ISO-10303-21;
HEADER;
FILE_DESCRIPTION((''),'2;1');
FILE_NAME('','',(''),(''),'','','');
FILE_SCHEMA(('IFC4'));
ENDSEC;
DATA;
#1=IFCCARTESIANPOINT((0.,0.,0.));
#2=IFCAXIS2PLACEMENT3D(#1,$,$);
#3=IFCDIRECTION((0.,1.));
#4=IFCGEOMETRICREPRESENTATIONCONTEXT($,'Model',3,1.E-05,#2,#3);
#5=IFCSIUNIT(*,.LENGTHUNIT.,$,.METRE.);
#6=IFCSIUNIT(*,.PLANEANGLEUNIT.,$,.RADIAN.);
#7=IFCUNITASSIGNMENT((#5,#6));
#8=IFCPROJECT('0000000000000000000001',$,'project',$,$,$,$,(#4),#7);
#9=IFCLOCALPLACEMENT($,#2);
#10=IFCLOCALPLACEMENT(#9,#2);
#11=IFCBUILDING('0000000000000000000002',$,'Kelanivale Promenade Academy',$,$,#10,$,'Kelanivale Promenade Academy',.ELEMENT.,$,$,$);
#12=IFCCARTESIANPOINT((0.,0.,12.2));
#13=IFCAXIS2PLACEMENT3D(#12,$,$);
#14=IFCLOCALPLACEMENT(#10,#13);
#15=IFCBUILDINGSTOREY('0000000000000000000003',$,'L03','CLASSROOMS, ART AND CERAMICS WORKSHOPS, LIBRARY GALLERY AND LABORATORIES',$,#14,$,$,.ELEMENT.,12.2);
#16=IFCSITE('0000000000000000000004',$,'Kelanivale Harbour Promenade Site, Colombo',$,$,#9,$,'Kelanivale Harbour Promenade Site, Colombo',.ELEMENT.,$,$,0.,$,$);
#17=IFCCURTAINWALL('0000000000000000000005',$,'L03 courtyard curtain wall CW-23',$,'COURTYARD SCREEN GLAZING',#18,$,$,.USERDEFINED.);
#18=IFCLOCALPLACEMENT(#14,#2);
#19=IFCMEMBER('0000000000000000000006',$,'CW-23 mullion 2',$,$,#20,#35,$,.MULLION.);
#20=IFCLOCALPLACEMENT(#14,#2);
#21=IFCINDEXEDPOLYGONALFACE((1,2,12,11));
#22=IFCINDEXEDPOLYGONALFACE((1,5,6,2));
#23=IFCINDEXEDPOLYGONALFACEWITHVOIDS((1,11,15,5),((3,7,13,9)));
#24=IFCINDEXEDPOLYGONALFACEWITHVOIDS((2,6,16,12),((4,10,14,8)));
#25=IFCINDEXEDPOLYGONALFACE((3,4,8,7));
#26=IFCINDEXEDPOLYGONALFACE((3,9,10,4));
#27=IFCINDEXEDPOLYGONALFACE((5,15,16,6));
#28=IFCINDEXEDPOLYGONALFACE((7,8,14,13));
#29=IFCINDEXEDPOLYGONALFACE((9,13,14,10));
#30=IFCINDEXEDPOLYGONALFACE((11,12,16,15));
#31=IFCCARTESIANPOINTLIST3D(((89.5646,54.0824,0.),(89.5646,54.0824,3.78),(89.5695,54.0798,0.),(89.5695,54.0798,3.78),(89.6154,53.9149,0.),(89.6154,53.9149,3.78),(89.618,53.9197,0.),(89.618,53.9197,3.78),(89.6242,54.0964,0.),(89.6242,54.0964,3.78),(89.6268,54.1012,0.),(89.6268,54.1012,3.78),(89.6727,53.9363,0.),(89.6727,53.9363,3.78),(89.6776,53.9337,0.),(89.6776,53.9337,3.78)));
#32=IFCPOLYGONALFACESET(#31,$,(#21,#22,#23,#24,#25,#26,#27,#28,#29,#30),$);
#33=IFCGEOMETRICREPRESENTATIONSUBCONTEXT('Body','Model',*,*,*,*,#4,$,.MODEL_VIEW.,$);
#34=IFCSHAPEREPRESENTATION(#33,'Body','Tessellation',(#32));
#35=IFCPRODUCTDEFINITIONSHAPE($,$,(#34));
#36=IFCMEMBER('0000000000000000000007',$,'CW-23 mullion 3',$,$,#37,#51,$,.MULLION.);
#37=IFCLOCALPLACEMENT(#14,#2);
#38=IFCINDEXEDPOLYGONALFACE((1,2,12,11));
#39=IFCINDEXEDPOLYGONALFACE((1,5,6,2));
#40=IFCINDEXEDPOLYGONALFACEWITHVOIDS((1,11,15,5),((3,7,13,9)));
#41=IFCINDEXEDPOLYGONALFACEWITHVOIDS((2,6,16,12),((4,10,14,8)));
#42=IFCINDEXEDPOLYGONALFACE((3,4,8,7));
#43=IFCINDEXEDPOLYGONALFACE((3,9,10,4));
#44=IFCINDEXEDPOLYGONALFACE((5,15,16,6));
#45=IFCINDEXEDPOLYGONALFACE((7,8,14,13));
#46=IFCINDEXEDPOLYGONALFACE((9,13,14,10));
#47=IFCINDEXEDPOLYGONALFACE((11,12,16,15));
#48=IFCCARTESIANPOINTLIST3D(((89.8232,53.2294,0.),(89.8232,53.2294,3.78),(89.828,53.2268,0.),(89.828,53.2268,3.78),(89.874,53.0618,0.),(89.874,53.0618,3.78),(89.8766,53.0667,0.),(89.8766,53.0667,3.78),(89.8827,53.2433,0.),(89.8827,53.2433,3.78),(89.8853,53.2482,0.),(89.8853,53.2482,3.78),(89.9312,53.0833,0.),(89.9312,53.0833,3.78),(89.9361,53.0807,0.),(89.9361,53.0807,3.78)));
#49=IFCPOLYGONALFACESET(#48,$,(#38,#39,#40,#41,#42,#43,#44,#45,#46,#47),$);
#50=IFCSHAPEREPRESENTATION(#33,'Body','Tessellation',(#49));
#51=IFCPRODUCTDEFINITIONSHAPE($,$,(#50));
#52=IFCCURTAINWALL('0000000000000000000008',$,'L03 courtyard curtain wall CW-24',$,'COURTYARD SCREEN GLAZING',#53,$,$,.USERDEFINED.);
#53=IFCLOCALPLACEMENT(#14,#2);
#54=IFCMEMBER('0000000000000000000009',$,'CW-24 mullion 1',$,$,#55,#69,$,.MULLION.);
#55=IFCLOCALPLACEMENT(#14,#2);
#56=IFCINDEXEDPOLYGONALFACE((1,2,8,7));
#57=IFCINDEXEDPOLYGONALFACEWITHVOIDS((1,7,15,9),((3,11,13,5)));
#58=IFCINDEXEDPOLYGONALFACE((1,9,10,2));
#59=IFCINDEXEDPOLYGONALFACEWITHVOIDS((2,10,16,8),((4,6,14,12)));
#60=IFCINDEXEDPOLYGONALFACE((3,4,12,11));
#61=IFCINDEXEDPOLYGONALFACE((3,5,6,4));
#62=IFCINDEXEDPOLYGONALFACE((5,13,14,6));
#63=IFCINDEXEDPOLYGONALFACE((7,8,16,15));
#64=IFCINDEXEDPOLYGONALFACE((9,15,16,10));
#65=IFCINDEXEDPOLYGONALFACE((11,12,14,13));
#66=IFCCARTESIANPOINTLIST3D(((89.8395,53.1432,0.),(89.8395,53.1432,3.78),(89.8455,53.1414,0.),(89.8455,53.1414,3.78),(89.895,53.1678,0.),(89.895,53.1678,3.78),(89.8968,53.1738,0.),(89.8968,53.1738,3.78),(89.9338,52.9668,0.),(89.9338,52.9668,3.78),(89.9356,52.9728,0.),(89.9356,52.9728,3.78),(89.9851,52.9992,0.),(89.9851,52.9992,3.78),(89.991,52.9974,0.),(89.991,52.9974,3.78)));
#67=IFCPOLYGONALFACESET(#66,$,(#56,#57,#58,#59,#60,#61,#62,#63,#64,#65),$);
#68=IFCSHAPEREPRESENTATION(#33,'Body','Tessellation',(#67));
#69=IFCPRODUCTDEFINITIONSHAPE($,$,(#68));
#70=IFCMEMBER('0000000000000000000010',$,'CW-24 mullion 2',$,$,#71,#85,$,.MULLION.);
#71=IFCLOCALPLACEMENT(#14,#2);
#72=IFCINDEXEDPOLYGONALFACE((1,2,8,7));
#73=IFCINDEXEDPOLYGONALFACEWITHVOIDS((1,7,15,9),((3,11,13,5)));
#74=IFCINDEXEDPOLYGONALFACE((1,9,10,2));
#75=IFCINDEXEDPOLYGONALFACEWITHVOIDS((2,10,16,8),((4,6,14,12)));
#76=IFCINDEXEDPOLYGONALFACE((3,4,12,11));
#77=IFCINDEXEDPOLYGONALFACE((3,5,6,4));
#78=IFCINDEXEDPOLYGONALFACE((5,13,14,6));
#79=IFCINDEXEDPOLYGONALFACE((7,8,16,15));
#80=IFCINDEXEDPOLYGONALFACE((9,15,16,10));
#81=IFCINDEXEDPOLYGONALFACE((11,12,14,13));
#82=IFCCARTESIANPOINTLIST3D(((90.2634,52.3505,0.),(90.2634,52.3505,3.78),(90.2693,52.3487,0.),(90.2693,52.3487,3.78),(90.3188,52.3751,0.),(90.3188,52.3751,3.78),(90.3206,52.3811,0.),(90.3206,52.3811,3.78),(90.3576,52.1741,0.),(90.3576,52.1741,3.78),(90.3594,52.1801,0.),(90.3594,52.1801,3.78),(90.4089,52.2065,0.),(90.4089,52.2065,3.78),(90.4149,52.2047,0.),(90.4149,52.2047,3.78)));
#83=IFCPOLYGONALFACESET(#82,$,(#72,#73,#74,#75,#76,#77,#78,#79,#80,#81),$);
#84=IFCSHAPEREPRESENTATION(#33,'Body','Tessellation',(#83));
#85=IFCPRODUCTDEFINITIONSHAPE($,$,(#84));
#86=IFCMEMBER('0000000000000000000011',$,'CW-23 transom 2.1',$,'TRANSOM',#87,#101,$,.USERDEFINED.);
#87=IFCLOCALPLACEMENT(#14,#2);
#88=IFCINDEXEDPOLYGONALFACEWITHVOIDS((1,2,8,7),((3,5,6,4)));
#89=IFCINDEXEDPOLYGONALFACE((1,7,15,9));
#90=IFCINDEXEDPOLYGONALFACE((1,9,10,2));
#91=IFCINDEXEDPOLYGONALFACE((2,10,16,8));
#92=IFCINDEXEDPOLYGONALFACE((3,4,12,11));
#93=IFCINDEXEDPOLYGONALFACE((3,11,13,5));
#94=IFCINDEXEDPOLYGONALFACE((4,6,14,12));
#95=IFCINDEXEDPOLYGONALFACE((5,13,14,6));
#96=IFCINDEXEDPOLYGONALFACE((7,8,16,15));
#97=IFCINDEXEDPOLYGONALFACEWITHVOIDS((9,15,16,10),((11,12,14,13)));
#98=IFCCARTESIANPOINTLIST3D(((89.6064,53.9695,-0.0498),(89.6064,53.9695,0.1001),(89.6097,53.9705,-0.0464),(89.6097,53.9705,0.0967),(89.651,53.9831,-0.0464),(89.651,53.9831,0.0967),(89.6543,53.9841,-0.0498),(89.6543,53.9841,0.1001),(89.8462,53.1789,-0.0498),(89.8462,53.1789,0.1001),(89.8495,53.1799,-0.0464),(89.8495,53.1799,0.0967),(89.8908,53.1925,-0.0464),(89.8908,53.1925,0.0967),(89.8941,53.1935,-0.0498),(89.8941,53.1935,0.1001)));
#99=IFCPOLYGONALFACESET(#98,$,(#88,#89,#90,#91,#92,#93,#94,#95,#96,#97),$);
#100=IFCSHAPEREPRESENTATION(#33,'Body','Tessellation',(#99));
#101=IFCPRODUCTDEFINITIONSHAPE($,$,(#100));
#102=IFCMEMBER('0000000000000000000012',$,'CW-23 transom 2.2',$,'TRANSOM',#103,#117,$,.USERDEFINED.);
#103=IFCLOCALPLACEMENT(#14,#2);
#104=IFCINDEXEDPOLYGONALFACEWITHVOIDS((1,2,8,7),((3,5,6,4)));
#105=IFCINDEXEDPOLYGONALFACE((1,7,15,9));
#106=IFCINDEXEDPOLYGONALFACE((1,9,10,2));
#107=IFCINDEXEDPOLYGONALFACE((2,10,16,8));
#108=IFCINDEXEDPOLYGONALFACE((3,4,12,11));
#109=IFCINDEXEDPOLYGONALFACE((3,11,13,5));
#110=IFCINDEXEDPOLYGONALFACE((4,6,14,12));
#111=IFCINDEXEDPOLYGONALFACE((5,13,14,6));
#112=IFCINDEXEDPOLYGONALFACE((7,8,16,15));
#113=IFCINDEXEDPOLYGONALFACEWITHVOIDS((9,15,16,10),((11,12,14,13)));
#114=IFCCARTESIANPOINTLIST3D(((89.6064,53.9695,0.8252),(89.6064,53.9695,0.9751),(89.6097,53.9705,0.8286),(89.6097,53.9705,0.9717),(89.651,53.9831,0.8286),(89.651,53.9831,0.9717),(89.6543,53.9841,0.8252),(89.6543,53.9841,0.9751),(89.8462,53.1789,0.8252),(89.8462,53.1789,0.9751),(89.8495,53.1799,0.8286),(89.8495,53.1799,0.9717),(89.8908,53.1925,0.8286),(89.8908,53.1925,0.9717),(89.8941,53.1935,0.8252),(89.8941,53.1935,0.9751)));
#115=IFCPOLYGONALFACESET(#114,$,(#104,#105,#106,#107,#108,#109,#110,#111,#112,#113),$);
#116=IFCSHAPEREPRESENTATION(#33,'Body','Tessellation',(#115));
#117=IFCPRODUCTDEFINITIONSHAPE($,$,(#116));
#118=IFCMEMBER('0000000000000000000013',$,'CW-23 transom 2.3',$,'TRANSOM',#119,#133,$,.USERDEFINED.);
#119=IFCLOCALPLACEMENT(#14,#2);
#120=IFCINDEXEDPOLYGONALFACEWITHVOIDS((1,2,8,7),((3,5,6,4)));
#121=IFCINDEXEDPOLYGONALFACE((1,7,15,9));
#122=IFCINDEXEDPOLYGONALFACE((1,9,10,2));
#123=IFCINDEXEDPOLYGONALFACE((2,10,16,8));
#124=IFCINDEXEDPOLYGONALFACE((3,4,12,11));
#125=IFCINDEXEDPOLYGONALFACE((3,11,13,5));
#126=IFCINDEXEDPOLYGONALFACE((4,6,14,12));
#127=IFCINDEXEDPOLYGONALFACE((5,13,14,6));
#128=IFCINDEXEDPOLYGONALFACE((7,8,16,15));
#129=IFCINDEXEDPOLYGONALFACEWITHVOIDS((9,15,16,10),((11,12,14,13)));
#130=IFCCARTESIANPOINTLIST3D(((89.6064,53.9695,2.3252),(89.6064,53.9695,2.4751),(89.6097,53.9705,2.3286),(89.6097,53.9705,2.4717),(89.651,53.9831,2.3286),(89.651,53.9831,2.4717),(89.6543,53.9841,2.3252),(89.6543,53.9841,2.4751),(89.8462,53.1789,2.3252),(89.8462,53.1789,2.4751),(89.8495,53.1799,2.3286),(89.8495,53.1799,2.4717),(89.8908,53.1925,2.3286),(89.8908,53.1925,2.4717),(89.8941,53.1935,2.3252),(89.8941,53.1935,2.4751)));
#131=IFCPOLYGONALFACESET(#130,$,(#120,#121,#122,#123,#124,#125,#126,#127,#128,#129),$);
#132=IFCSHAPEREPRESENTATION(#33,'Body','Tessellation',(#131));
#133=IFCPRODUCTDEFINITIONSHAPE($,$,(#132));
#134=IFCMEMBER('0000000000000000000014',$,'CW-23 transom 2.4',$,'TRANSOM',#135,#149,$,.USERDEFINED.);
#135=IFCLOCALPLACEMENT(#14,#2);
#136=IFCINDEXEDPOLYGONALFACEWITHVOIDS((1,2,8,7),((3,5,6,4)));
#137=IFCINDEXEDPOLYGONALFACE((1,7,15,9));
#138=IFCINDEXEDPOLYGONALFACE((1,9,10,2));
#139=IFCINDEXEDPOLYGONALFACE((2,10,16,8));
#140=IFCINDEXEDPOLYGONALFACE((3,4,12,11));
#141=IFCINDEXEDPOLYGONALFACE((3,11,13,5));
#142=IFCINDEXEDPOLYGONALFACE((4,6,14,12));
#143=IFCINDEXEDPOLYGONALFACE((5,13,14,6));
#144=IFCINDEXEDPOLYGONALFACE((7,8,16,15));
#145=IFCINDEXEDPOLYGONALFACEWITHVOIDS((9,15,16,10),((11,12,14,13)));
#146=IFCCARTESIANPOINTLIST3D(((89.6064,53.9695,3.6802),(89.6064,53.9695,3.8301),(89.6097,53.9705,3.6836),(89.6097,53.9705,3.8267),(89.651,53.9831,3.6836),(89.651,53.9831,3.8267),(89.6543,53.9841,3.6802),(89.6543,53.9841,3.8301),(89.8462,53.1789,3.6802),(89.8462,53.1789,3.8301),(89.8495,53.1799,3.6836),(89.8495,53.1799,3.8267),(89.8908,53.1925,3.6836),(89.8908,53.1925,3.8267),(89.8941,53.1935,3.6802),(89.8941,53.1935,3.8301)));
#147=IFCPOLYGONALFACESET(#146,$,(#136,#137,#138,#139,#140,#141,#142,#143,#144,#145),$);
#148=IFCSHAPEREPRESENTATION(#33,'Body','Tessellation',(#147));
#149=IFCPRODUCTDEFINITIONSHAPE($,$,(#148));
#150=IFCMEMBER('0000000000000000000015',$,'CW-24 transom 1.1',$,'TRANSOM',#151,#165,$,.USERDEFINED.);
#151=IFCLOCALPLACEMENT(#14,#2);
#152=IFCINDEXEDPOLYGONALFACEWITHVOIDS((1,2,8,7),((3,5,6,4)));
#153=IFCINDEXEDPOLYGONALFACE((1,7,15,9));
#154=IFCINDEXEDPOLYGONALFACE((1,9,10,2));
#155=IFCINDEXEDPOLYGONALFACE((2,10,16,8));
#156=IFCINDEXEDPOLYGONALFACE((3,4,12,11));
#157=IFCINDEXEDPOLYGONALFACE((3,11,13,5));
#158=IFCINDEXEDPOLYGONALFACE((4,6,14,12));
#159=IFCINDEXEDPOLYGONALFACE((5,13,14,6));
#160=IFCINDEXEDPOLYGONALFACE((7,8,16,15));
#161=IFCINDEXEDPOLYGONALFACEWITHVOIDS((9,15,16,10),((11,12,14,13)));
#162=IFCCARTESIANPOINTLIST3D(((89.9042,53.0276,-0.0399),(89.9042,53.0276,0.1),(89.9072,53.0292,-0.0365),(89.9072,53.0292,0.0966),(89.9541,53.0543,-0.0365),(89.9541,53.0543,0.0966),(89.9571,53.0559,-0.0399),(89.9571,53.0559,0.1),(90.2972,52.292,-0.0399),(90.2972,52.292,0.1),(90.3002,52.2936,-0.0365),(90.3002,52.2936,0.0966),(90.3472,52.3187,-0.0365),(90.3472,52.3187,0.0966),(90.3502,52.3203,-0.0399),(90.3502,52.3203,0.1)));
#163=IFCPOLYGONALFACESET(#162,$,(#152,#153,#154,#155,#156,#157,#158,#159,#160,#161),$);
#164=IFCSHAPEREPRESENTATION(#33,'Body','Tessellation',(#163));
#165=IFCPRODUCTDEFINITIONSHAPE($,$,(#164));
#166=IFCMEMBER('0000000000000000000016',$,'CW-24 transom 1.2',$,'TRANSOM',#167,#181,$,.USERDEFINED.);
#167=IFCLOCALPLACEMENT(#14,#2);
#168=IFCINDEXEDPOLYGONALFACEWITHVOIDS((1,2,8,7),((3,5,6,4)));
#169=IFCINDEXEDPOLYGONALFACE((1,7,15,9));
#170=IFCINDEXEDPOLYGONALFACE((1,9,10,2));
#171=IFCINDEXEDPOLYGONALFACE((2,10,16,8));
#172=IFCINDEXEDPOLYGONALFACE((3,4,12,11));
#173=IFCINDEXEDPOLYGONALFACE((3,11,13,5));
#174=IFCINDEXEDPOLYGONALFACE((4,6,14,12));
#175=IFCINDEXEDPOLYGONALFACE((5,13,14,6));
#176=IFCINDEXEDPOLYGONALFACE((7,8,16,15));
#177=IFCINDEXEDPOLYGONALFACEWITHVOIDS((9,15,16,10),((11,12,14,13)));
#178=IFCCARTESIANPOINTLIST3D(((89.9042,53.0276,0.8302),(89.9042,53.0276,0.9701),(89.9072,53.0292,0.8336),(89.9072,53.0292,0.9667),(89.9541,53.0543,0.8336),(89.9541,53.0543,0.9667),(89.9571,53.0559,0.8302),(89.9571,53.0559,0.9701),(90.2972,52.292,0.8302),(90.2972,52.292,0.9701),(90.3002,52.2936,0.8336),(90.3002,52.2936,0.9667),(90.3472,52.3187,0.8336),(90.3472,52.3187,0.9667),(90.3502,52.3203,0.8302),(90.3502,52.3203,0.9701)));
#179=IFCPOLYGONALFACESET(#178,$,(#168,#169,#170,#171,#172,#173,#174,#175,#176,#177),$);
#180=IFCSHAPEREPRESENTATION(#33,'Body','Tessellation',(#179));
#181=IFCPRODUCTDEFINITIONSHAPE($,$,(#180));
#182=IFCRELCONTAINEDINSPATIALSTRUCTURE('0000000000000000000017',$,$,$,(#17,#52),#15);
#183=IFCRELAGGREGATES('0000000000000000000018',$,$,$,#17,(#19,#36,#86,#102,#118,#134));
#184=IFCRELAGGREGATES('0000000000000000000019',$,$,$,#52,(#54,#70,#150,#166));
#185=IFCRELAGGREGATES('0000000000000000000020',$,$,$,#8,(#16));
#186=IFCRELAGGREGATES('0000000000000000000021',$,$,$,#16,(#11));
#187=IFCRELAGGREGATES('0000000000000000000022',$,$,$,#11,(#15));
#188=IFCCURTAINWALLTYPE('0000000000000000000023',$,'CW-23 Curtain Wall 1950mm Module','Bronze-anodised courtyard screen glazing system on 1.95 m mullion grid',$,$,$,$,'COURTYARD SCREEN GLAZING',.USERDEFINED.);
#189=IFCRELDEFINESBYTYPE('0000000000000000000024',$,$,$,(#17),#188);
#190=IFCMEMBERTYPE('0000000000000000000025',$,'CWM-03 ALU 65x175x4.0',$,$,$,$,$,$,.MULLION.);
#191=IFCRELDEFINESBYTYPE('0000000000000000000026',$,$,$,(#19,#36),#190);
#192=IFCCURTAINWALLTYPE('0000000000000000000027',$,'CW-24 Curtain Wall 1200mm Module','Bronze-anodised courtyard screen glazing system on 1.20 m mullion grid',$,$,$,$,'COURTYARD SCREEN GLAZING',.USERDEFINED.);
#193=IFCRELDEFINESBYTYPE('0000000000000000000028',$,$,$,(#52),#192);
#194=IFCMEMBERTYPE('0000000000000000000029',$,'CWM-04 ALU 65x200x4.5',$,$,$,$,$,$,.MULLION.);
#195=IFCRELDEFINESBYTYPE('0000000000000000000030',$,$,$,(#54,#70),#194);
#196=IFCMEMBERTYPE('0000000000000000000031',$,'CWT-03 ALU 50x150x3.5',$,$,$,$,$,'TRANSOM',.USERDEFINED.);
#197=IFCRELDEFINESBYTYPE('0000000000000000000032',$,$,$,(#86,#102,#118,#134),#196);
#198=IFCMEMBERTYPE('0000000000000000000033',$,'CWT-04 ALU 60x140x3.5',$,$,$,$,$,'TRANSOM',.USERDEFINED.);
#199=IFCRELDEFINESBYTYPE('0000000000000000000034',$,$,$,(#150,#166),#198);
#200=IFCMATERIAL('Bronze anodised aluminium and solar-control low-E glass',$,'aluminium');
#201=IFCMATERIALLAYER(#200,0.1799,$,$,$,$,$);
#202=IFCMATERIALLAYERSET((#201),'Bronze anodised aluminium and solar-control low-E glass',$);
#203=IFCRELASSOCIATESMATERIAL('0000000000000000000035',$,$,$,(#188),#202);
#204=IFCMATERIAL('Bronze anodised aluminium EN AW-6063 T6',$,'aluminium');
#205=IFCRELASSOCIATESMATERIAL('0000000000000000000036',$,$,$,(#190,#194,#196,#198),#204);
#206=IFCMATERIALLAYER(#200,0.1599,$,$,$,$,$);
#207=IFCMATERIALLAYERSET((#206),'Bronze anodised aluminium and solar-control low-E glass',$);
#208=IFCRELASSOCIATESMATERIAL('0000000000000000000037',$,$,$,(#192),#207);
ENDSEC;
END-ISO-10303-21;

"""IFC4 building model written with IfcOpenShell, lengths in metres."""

from ifc_helpers import new_model, si_unit, direction, frame, origin, origin_2d, place, context, subcontext, project, spatial, hollow_rectangle, extrude, material, layer, layer_set, material_profile, profile_set, type_object, element, aggregate, save


model = new_model("IFC4")

# Units and contexts
model_context = context("Model", 3, precision=1e-05, world=origin(), true_north=direction((0.0, 1.0)))
body_context = subcontext(model_context, "Body", "Model", "MODEL_VIEW")
ifc_project = project(units=[si_unit("LENGTHUNIT", "METRE"), si_unit("PLANEANGLEUNIT", "RADIAN")], contexts=[model_context])

# Site, building, storey
site_placement = place(None, origin())
site = spatial("IfcSite", under=ifc_project, at=site_placement, Name="Kelanivale Harbour Promenade Site, Colombo", LongName="Kelanivale Harbour Promenade Site, Colombo", CompositionType="ELEMENT", RefElevation=0.0)
building_placement = place(site_placement, origin())
building = spatial("IfcBuilding", under=site, at=building_placement, Name="Kelanivale Promenade Academy", LongName="Kelanivale Promenade Academy", CompositionType="ELEMENT")
storey_placement = place(building_placement, frame((0.0, 0.0, 12.2)))
storey = spatial("IfcBuildingStorey", under=building, at=storey_placement, Name="L03", Description="CLASSROOMS, ART AND CERAMICS WORKSHOPS, LIBRARY GALLERY AND LABORATORIES", CompositionType="ELEMENT", Elevation=12.2)

# Curtain walls, members
ifc_material_1 = material(Name="Bronze anodised aluminium and solar-control low-E glass", Category="aluminium")
ifc_layer_1 = layer(ifc_material_1, 0.1799)
ifc_layer_set_1 = layer_set([ifc_layer_1], Name="Bronze anodised aluminium and solar-control low-E glass")
curtain_wall_type_1 = type_object("IfcCurtainWallType", Name="CW-23 Curtain Wall 1950mm Module", Description="Bronze-anodised courtyard screen glazing system on 1.95 m mullion grid", ElementType="COURTYARD SCREEN GLAZING", PredefinedType="USERDEFINED", material=ifc_layer_set_1)
curtain_wall_1_placement = place(storey_placement, origin())
curtain_wall_1 = element("IfcCurtainWall", 1, at=curtain_wall_1_placement, inside=storey, type_object=curtain_wall_type_1, Name="L03 courtyard curtain wall CW-23", ObjectType="COURTYARD SCREEN GLAZING", PredefinedType="USERDEFINED")
ifc_material_2 = material(Name="Bronze anodised aluminium EN AW-6063 T6", Category="aluminium")
ifc_material_profile_1 = material_profile(ifc_material_2, hollow_rectangle(XDim=0.0649, YDim=0.175, WallThickness=0.0039, at=origin_2d()), Name="ALU 65x175x4.0")
ifc_profile_set_1 = profile_set([ifc_material_profile_1], Name="Bronze anodised aluminium EN AW-6063 T6")
member_type_1 = type_object("IfcMemberType", Name="CWM-03 ALU 65x175x4.0", PredefinedType="MULLION", material=ifc_profile_set_1)
member_1_placement = place(storey_placement, frame((89.6211, 54.0081, 0.0), z_axis=(0.0, 0.0, 1.0), x_axis=(0.956988, 0.290128, 0.0)))
member_1 = element("IfcMember", 2, at=member_1_placement, type_object=member_type_1, Name="CW-23 mullion 2", PredefinedType="MULLION", context=body_context, shape_type="SweptSolid", body=[
    extrude(hollow_rectangle(XDim=0.0649, YDim=0.175, WallThickness=0.0039, at=origin_2d()), origin(), (0.0, 0.0, 1.0), 3.78),
])
member_2_placement = place(storey_placement, frame((89.8796, 53.155, 0.0), z_axis=(0.0, 0.0, 1.0), x_axis=(0.956988, 0.290128, 0.0)))
member_2 = element("IfcMember", 3, at=member_2_placement, type_object=member_type_1, Name="CW-23 mullion 3", PredefinedType="MULLION", context=body_context, shape_type="SweptSolid", body=[
    extrude(hollow_rectangle(XDim=0.0649, YDim=0.175, WallThickness=0.0039, at=origin_2d()), origin(), (0.0, 0.0, 1.0), 3.78),
])
ifc_layer_2 = layer(ifc_material_1, 0.1599)
ifc_layer_set_2 = layer_set([ifc_layer_2], Name="Bronze anodised aluminium and solar-control low-E glass")
curtain_wall_type_2 = type_object("IfcCurtainWallType", Name="CW-24 Curtain Wall 1200mm Module", Description="Bronze-anodised courtyard screen glazing system on 1.20 m mullion grid", ElementType="COURTYARD SCREEN GLAZING", PredefinedType="USERDEFINED", material=ifc_layer_set_2)
curtain_wall_2_placement = place(storey_placement, origin())
curtain_wall_2 = element("IfcCurtainWall", 4, at=curtain_wall_2_placement, inside=storey, type_object=curtain_wall_type_2, Name="L03 courtyard curtain wall CW-24", ObjectType="COURTYARD SCREEN GLAZING", PredefinedType="USERDEFINED")
ifc_material_profile_2 = material_profile(ifc_material_2, hollow_rectangle(XDim=0.0649, YDim=0.2, WallThickness=0.0044, at=origin_2d()), Name="ALU 65x200x4.5")
ifc_profile_set_2 = profile_set([ifc_material_profile_2], Name="Bronze anodised aluminium EN AW-6063 T6")
member_type_2 = type_object("IfcMemberType", Name="CWM-04 ALU 65x200x4.5", PredefinedType="MULLION", material=ifc_profile_set_2)
member_3_placement = place(storey_placement, frame((89.9153, 53.0703, 0.0), z_axis=(0.0, 0.0, 1.0), x_axis=(0.881966, 0.471312, 0.0)))
member_3 = element("IfcMember", 5, at=member_3_placement, type_object=member_type_2, Name="CW-24 mullion 1", PredefinedType="MULLION", context=body_context, shape_type="SweptSolid", body=[
    extrude(hollow_rectangle(XDim=0.0649, YDim=0.2, WallThickness=0.0044, at=origin_2d()), origin(), (0.0, 0.0, 1.0), 3.78),
])
member_4_placement = place(storey_placement, frame((90.3391, 52.2776, 0.0), z_axis=(0.0, 0.0, 1.0), x_axis=(0.881966, 0.471312, 0.0)))
member_4 = element("IfcMember", 6, at=member_4_placement, type_object=member_type_2, Name="CW-24 mullion 2", PredefinedType="MULLION", context=body_context, shape_type="SweptSolid", body=[
    extrude(hollow_rectangle(XDim=0.0649, YDim=0.2, WallThickness=0.0044, at=origin_2d()), origin(), (0.0, 0.0, 1.0), 3.78),
])

# Members
ifc_material_profile_3 = material_profile(ifc_material_2, hollow_rectangle(XDim=0.05, YDim=0.1499, WallThickness=0.0034, at=origin_2d()), Name="ALU 50x150x3.5")
ifc_profile_set_3 = profile_set([ifc_material_profile_3], Name="Bronze anodised aluminium EN AW-6063 T6")
member_type_3 = type_object("IfcMemberType", Name="CWT-03 ALU 50x150x3.5", ElementType="TRANSOM", PredefinedType="USERDEFINED", material=ifc_profile_set_3)
member_5_placement = place(storey_placement, frame((89.6304, 53.9768, 0.0251), z_axis=(0.290221, -0.95696, 0.0), x_axis=(0.95696, 0.290221, 0.0)))
member_5 = element("IfcMember", 7, at=member_5_placement, type_object=member_type_3, Name="CW-23 transom 2.1", ObjectType="TRANSOM", PredefinedType="USERDEFINED", context=body_context, shape_type="SweptSolid", body=[
    extrude(hollow_rectangle(XDim=0.05, YDim=0.1499, WallThickness=0.0034, at=origin_2d()), origin(), (0.0, 0.0, 1.0), 0.8262),
])
member_6_placement = place(storey_placement, frame((89.6304, 53.9768, 0.9001), z_axis=(0.290221, -0.95696, 0.0), x_axis=(0.95696, 0.290221, 0.0)))
member_6 = element("IfcMember", 8, at=member_6_placement, type_object=member_type_3, Name="CW-23 transom 2.2", ObjectType="TRANSOM", PredefinedType="USERDEFINED", context=body_context, shape_type="SweptSolid", body=[
    extrude(hollow_rectangle(XDim=0.05, YDim=0.1499, WallThickness=0.0034, at=origin_2d()), origin(), (0.0, 0.0, 1.0), 0.8262),
])
member_7_placement = place(storey_placement, frame((89.6304, 53.9768, 2.4001), z_axis=(0.290221, -0.95696, 0.0), x_axis=(0.95696, 0.290221, 0.0)))
member_7 = element("IfcMember", 9, at=member_7_placement, type_object=member_type_3, Name="CW-23 transom 2.3", ObjectType="TRANSOM", PredefinedType="USERDEFINED", context=body_context, shape_type="SweptSolid", body=[
    extrude(hollow_rectangle(XDim=0.05, YDim=0.1499, WallThickness=0.0034, at=origin_2d()), origin(), (0.0, 0.0, 1.0), 0.8262),
])
member_8_placement = place(storey_placement, frame((89.6304, 53.9768, 3.7551), z_axis=(0.290221, -0.95696, 0.0), x_axis=(0.95696, 0.290221, 0.0)))
member_8 = element("IfcMember", 10, at=member_8_placement, type_object=member_type_3, Name="CW-23 transom 2.4", ObjectType="TRANSOM", PredefinedType="USERDEFINED", context=body_context, shape_type="SweptSolid", body=[
    extrude(hollow_rectangle(XDim=0.05, YDim=0.1499, WallThickness=0.0034, at=origin_2d()), origin(), (0.0, 0.0, 1.0), 0.8262),
])
ifc_material_profile_4 = material_profile(ifc_material_2, hollow_rectangle(XDim=0.0601, YDim=0.1399, WallThickness=0.0034, at=origin_2d()), Name="ALU 60x140x3.5")
ifc_profile_set_4 = profile_set([ifc_material_profile_4], Name="Bronze anodised aluminium EN AW-6063 T6")
member_type_4 = type_object("IfcMemberType", Name="CWT-04 ALU 60x140x3.5", ElementType="TRANSOM", PredefinedType="USERDEFINED", material=ifc_profile_set_4)
member_9_placement = place(storey_placement, frame((89.9307, 53.0417, 0.03), z_axis=(0.471287, -0.88198, 0.0), x_axis=(0.88198, 0.471287, 0.0)))
member_9 = element("IfcMember", 11, at=member_9_placement, type_object=member_type_4, Name="CW-24 transom 1.1", ObjectType="TRANSOM", PredefinedType="USERDEFINED", context=body_context, shape_type="SweptSolid", body=[
    extrude(hollow_rectangle(XDim=0.0601, YDim=0.1399, WallThickness=0.0034, at=origin_2d()), origin(), (0.0, 0.0, 1.0), 0.834),
])
member_10_placement = place(storey_placement, frame((89.9307, 53.0417, 0.9001), z_axis=(0.471287, -0.88198, 0.0), x_axis=(0.88198, 0.471287, 0.0)))
member_10 = element("IfcMember", 12, at=member_10_placement, type_object=member_type_4, Name="CW-24 transom 1.2", ObjectType="TRANSOM", PredefinedType="USERDEFINED", context=body_context, shape_type="SweptSolid", body=[
    extrude(hollow_rectangle(XDim=0.0601, YDim=0.1399, WallThickness=0.0034, at=origin_2d()), origin(), (0.0, 0.0, 1.0), 0.834),
])

aggregate(curtain_wall_1, [member_1, member_2, member_5, member_6, member_7, member_8])
aggregate(curtain_wall_2, [member_3, member_4, member_9, member_10])

save(model, "model.ifc")
